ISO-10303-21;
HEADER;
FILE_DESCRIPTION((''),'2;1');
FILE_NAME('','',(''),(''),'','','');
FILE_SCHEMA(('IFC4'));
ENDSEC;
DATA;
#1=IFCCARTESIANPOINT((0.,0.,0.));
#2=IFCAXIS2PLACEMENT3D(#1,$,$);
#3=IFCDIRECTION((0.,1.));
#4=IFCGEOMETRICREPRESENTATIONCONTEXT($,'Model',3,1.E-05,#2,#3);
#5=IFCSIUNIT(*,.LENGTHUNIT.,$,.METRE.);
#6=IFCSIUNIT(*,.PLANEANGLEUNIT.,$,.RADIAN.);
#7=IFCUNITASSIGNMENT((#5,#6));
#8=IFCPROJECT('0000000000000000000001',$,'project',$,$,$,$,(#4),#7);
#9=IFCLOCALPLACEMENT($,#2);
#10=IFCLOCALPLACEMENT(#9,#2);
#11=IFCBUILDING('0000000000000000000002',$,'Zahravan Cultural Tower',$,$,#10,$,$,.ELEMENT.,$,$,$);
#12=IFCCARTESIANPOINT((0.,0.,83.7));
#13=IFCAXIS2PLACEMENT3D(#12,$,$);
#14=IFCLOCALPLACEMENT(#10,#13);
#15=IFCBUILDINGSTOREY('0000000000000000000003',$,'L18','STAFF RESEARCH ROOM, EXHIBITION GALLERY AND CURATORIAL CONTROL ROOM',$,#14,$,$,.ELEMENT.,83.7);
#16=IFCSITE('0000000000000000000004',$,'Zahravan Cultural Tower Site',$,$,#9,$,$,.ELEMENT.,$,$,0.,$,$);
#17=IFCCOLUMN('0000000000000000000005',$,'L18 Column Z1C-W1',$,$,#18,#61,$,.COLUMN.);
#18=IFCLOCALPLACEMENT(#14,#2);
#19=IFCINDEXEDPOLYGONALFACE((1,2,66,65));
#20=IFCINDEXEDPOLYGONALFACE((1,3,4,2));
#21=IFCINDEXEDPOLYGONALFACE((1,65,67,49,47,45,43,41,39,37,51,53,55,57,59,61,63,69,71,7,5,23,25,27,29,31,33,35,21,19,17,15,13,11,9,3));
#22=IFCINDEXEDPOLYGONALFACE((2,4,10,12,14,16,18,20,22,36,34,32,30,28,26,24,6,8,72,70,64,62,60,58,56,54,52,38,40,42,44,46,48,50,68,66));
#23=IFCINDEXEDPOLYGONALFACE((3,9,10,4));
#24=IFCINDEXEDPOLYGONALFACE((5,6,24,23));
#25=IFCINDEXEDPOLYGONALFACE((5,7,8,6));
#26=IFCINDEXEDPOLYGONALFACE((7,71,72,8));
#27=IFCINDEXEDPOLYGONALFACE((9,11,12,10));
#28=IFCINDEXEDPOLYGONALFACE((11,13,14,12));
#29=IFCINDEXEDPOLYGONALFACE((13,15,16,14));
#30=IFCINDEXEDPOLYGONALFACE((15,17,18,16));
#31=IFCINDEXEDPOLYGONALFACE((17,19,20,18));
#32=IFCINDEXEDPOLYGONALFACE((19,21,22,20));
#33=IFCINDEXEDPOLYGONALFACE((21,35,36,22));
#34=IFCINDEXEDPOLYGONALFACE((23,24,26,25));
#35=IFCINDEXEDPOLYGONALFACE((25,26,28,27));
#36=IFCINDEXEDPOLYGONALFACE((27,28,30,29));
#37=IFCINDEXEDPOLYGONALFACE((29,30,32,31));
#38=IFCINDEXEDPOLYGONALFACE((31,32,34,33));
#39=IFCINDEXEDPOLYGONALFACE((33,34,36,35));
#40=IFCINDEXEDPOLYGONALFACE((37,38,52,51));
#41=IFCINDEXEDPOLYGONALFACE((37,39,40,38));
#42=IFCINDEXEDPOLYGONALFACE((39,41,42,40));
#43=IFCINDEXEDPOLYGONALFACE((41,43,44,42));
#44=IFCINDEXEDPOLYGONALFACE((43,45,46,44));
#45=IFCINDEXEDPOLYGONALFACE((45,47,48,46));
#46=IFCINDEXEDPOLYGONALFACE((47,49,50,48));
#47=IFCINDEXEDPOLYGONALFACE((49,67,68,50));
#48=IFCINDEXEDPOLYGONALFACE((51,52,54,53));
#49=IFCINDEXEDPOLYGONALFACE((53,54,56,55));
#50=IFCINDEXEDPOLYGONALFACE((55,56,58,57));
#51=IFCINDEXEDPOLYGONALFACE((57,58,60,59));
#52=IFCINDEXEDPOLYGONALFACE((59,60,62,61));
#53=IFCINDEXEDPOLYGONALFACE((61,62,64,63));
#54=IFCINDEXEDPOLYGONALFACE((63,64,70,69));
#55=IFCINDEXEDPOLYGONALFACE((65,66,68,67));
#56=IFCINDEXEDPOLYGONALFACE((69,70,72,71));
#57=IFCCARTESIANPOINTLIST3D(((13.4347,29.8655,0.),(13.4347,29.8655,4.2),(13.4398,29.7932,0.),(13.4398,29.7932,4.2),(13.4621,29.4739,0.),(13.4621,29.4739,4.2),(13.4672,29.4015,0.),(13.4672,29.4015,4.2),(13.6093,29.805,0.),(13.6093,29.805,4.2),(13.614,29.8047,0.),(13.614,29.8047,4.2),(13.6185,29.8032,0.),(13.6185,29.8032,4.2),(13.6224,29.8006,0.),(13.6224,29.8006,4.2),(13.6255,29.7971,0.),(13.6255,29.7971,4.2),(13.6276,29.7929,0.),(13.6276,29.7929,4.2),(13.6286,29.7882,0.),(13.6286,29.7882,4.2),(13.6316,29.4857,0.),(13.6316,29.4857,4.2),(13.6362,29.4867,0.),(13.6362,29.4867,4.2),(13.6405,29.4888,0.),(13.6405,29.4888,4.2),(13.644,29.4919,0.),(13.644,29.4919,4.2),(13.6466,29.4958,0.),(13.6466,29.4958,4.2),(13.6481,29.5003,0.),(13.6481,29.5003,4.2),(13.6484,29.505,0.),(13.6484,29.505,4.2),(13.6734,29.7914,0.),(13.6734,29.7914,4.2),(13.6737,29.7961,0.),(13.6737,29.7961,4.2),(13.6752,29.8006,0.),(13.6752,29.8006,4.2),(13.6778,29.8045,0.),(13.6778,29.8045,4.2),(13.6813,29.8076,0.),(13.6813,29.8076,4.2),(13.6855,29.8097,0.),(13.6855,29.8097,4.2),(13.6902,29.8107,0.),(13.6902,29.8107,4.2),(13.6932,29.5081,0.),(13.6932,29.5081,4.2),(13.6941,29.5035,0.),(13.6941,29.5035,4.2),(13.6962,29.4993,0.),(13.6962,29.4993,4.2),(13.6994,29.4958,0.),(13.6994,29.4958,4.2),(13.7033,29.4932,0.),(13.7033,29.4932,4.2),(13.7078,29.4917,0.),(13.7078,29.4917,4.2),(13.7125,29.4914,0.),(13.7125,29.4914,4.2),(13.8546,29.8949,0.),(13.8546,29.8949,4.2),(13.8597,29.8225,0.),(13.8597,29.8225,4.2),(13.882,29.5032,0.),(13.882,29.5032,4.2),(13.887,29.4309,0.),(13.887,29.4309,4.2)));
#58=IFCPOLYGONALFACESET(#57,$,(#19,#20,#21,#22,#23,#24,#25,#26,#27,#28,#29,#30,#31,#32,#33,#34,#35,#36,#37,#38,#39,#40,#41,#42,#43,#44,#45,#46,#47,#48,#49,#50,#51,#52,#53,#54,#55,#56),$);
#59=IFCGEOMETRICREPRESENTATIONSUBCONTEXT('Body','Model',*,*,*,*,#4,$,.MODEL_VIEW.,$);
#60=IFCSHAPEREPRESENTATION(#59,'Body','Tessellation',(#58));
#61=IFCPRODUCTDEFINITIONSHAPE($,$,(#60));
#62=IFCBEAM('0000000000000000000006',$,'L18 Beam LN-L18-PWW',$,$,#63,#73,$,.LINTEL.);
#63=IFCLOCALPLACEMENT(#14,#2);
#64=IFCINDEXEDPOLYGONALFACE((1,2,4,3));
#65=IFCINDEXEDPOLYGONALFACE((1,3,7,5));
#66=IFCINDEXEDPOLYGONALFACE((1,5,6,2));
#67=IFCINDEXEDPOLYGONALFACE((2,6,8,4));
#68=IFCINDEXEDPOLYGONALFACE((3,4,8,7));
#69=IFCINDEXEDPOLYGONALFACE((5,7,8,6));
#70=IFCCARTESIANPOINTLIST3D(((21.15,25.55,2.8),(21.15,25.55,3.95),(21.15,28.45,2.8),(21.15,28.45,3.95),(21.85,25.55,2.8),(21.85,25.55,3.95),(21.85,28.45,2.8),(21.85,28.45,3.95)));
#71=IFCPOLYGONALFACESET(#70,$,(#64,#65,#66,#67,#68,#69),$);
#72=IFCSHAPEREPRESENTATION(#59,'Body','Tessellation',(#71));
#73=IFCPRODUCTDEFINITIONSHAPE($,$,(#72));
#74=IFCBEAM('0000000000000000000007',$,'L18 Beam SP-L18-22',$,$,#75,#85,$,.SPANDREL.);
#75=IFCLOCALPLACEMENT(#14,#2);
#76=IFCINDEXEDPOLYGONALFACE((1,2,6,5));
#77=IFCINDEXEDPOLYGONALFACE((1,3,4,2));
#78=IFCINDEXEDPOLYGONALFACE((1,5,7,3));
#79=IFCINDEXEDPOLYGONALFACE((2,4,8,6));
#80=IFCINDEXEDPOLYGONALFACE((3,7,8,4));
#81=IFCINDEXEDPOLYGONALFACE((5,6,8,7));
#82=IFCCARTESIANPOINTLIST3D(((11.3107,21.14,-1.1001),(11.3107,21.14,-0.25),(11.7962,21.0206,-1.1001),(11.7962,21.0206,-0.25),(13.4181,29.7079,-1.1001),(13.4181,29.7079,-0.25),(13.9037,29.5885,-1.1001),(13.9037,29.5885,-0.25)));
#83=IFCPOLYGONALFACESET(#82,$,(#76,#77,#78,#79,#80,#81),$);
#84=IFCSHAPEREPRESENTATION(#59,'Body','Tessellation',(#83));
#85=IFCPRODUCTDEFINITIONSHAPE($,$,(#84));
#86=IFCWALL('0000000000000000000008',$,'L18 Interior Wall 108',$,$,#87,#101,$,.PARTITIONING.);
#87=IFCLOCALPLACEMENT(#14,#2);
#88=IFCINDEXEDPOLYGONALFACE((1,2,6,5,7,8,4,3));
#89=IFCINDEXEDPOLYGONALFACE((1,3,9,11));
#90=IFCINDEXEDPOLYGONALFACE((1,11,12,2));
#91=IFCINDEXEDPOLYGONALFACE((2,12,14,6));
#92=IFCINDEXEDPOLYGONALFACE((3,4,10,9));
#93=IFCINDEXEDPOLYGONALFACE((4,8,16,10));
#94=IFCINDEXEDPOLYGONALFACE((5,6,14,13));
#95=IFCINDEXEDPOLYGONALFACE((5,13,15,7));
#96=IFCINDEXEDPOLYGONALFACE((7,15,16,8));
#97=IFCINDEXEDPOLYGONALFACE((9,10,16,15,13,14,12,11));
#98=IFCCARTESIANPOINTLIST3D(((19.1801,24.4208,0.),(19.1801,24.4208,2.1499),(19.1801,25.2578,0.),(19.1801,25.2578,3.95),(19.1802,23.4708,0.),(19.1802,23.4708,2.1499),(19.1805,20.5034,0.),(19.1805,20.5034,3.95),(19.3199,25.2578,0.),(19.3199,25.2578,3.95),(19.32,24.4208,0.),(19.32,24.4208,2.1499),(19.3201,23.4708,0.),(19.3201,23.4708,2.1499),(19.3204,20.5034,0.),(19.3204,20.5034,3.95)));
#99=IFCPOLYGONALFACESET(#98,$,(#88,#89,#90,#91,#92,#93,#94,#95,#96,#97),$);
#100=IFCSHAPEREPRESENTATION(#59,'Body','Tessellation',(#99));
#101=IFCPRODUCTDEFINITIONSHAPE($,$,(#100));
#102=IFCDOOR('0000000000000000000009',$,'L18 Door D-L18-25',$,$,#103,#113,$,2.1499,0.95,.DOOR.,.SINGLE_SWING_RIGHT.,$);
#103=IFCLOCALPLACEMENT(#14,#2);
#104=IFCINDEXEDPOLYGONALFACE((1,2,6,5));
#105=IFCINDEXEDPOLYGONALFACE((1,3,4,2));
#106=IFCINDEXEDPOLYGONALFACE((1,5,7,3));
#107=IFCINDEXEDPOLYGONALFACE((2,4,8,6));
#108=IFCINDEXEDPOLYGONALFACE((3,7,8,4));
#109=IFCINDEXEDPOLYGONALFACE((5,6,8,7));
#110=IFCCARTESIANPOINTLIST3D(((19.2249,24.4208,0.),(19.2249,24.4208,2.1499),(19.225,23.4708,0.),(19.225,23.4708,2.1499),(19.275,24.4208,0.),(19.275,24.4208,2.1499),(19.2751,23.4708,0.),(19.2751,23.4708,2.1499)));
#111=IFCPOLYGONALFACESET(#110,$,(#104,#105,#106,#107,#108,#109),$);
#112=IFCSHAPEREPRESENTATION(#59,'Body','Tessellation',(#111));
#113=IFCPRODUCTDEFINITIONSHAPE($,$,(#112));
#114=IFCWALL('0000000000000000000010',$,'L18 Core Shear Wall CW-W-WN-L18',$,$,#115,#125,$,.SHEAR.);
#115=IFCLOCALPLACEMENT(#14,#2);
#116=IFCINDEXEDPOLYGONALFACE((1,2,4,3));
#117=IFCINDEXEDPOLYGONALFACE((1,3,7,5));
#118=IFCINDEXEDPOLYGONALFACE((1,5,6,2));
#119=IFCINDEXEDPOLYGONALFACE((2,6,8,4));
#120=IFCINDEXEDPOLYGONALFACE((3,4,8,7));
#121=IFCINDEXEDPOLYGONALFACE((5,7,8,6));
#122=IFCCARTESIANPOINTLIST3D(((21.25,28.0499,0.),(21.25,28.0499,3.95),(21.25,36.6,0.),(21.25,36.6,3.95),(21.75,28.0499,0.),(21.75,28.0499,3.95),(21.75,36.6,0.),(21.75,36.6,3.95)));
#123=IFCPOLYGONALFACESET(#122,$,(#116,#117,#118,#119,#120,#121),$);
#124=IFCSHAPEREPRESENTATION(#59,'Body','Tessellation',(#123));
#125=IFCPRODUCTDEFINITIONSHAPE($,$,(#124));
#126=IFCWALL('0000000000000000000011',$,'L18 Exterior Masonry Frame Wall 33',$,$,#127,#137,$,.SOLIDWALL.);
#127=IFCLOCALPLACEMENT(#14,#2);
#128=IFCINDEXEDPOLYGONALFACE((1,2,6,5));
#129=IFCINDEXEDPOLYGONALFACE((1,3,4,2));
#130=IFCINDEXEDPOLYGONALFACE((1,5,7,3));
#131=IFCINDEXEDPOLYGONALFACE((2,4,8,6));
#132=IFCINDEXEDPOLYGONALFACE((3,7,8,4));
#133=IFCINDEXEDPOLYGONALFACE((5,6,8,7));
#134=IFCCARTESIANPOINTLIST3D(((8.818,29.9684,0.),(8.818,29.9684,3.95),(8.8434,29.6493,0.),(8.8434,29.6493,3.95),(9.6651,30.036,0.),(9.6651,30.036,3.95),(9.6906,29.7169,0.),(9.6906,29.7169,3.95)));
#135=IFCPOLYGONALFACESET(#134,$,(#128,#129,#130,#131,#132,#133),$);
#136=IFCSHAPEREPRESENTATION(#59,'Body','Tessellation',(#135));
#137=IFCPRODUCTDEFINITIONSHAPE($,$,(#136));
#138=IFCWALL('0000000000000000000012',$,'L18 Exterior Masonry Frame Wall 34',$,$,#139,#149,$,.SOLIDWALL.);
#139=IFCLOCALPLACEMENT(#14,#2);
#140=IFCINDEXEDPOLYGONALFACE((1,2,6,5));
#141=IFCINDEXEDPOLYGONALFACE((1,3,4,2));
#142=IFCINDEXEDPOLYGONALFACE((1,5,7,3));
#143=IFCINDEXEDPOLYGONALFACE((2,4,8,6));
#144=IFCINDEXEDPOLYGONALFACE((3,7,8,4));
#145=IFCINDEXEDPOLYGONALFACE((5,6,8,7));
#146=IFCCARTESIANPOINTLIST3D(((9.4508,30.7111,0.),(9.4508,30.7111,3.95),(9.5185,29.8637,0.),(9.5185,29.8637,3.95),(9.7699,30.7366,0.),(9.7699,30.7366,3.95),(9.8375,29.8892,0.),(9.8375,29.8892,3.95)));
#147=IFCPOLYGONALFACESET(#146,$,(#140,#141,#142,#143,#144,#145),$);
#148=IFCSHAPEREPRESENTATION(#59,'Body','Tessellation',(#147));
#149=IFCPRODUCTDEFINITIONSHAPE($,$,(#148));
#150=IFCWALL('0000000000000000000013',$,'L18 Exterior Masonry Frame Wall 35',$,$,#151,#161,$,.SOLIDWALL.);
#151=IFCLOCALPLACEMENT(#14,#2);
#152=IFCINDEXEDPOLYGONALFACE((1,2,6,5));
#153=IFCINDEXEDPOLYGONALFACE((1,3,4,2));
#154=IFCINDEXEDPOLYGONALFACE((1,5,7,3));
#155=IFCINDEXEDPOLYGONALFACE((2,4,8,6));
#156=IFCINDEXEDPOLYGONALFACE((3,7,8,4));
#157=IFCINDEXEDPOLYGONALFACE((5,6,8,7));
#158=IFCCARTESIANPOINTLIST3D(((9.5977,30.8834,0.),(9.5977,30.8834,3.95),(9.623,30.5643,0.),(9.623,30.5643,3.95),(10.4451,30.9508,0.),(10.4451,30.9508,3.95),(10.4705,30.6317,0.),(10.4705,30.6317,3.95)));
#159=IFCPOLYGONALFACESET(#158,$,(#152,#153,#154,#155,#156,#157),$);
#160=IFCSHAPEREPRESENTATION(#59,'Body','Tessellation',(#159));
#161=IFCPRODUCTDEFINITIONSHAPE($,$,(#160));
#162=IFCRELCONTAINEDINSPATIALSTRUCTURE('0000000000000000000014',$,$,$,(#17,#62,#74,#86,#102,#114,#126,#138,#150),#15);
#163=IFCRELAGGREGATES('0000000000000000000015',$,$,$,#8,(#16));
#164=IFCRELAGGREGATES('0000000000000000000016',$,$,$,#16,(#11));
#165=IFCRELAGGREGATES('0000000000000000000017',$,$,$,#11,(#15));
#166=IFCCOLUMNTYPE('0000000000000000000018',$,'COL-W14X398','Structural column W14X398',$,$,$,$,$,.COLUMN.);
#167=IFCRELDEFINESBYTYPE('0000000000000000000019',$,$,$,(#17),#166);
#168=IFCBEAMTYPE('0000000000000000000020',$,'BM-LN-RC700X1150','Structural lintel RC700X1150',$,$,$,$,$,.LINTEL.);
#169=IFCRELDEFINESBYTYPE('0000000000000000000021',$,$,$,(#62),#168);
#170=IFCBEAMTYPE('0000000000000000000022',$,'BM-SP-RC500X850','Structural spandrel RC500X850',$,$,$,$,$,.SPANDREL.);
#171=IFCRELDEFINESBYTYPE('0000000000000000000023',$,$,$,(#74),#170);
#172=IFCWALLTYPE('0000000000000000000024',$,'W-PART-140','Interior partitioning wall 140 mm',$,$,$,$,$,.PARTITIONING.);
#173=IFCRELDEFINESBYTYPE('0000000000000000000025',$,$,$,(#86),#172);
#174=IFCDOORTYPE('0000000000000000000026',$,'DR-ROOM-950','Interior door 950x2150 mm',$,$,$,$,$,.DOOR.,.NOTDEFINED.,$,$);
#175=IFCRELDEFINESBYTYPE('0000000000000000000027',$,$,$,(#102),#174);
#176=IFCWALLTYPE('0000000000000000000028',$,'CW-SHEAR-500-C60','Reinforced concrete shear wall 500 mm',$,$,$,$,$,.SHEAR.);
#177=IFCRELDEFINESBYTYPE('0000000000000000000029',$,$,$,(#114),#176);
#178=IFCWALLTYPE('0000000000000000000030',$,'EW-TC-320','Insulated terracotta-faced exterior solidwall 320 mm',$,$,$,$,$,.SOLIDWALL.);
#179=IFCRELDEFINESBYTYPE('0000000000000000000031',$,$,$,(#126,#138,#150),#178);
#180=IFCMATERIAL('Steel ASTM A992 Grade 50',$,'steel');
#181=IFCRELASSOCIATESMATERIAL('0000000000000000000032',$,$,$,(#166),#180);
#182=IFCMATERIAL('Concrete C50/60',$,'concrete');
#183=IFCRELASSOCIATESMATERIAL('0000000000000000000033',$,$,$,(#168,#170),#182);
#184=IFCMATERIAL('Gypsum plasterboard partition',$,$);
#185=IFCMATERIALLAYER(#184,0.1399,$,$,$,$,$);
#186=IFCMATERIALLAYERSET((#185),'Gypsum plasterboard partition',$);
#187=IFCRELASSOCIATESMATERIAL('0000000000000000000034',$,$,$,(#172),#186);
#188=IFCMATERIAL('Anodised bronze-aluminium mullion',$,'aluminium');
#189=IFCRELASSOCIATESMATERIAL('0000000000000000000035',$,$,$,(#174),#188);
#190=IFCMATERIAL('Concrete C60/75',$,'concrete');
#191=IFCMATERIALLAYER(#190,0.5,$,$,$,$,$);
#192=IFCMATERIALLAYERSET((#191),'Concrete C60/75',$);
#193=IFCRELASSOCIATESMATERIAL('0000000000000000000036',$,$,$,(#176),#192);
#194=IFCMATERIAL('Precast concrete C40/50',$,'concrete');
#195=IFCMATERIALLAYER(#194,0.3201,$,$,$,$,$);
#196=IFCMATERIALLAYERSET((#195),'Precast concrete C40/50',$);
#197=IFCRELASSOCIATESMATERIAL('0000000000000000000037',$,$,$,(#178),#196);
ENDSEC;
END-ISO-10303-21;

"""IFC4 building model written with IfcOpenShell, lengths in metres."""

from ifc_helpers import new_model, si_unit, direction, frame, frame_2d, origin, origin_2d, place, context, subcontext, project, spatial, rectangle, i_section, extrude, source, transform, mapped, material, layer, layer_set, material_profile, profile_set, type_object, element, fill, save


model = new_model("IFC4")

# Units and contexts
model_context = context("Model", 3, precision=1e-05, world=origin(), true_north=direction((0.0, 1.0)))
body_context = subcontext(model_context, "Body", "Model", "MODEL_VIEW")
ifc_project = project(units=[si_unit("LENGTHUNIT", "METRE"), si_unit("PLANEANGLEUNIT", "RADIAN")], contexts=[model_context])

# Site, building, storey
site_placement = place(None, origin())
site = spatial("IfcSite", under=ifc_project, at=site_placement, Name="Zahravan Cultural Tower Site", CompositionType="ELEMENT", RefElevation=0.0)
building_placement = place(site_placement, origin())
building = spatial("IfcBuilding", under=site, at=building_placement, Name="Zahravan Cultural Tower", CompositionType="ELEMENT")
storey_placement = place(building_placement, frame((0.0, 0.0, 83.7)))
storey = spatial("IfcBuildingStorey", under=building, at=storey_placement, Name="L18", Description="STAFF RESEARCH ROOM, EXHIBITION GALLERY AND CURATORIAL CONTROL ROOM", CompositionType="ELEMENT", Elevation=83.7)

# Column
ifc_material_1 = material(Name="Steel ASTM A992 Grade 50", Category="steel")
ifc_material_profile_1 = material_profile(ifc_material_1, i_section(OverallWidth=0.4209, OverallDepth=0.4651, WebThickness=0.0449, FlangeThickness=0.0725, FilletRadius=0.0181, at=origin_2d()), Name="W14X398")
ifc_profile_set_1 = profile_set([ifc_material_profile_1], Name="Steel ASTM A992 Grade 50")
column_type = type_object("IfcColumnType", Name="COL-W14X398", Description="Structural column W14X398", PredefinedType="COLUMN", material=ifc_profile_set_1)
shared_shape_1 = source(origin(), body_context, "Body", "SweptSolid", [
    extrude(i_section(OverallWidth=0.4209, OverallDepth=0.4651, WebThickness=0.0449, FlangeThickness=0.0725, FilletRadius=0.0181, at=origin_2d()), origin(), (0.0, 0.0, 1.0), 4.2),
])
column_placement = place(storey_placement, frame((13.6609, 29.6482, 0.0), z_axis=(0.0, 0.0, 1.0), x_axis=(0.997564, 0.069756, 0.0)))
element("IfcColumn", 1, at=column_placement, inside=storey, type_object=column_type, Name="L18 Column Z1C-W1", PredefinedType="COLUMN", context=body_context, shape_type="MappedRepresentation", body=[
    mapped(shared_shape_1, transform((0.0, 0.0, 0.0), x_axis=(1.0, 0.0, 0.0), y_axis=(0.0, 1.0, 0.0), z_axis=(0.0, 0.0, 1.0), scale=1.0)),
])

# Beams
ifc_material_2 = material(Name="Concrete C50/60", Category="concrete")
ifc_material_profile_2 = material_profile(ifc_material_2, rectangle(XDim=0.7, YDim=1.1499, at=origin_2d()), Name="RC700X1150")
ifc_profile_set_2 = profile_set([ifc_material_profile_2], Name="Concrete C50/60")
beam_type_1 = type_object("IfcBeamType", Name="BM-LN-RC700X1150", Description="Structural lintel RC700X1150", PredefinedType="LINTEL", material=ifc_profile_set_2)
shared_shape_2 = source(origin(), body_context, "Body", "SweptSolid", [
    extrude(rectangle(XDim=0.7, YDim=1.1499, at=origin_2d()), origin(), (0.0, 0.0, 1.0), 2.8999),
])
beam_1_placement = place(storey_placement, frame((21.5, 25.55, 3.375), z_axis=(0.0, 1.0, 0.0), x_axis=(-1.0, 0.0, 0.0)))
element("IfcBeam", 2, at=beam_1_placement, inside=storey, type_object=beam_type_1, Name="L18 Beam LN-L18-PWW", PredefinedType="LINTEL", context=body_context, shape_type="MappedRepresentation", body=[
    mapped(shared_shape_2, transform((0.0, 0.0, 0.0), x_axis=(1.0, 0.0, 0.0), y_axis=(0.0, 1.0, 0.0), z_axis=(0.0, 0.0, 1.0), scale=1.0)),
])
ifc_material_profile_3 = material_profile(ifc_material_2, rectangle(XDim=0.5, YDim=0.8501, at=origin_2d()), Name="RC500X850")
ifc_profile_set_3 = profile_set([ifc_material_profile_3], Name="Concrete C50/60")
beam_type_2 = type_object("IfcBeamType", Name="BM-SP-RC500X850", Description="Structural spandrel RC500X850", PredefinedType="SPANDREL", material=ifc_profile_set_3)
shared_shape_3 = source(origin(), body_context, "Body", "SweptSolid", [
    extrude(rectangle(XDim=0.5, YDim=0.8501, at=origin_2d()), origin(), (0.0, 0.0, 1.0), 8.8232),
])
beam_2_placement = place(storey_placement, frame((13.6609, 29.6482, -0.675), z_axis=(-0.238849, -0.971057, 0.0), x_axis=(0.971057, -0.238849, 0.0)))
element("IfcBeam", 3, at=beam_2_placement, inside=storey, type_object=beam_type_2, Name="L18 Beam SP-L18-22", PredefinedType="SPANDREL", context=body_context, shape_type="MappedRepresentation", body=[
    mapped(shared_shape_3, transform((0.0, 0.0, 0.0), x_axis=(1.0, 0.0, 0.0), y_axis=(0.0, 1.0, 0.0), z_axis=(0.0, 0.0, 1.0), scale=1.0)),
])

# Wall, opening, door
ifc_material_3 = material(Name="Gypsum plasterboard partition")
ifc_layer_1 = layer(ifc_material_3, 0.1399)
ifc_layer_set_1 = layer_set([ifc_layer_1], Name="Gypsum plasterboard partition")
wall_type_1 = type_object("IfcWallType", Name="W-PART-140", Description="Interior partitioning wall 140 mm", PredefinedType="PARTITIONING", material=ifc_layer_set_1)
wall_1_placement = place(storey_placement, frame((19.25, 25.2578, 0.0), z_axis=(0.0, 0.0, 1.0), x_axis=(0.000103, -1.0, 0.0)))
wall_1 = element("IfcWall", 4, at=wall_1_placement, inside=storey, type_object=wall_type_1, Name="L18 Interior Wall 108", PredefinedType="PARTITIONING", context=body_context, shape_type="SweptSolid", body=[
    extrude(rectangle(XDim=4.7544, YDim=0.1399, at=frame_2d((2.3772, 0.0))), origin(), (0.0, 0.0, 1.0), 3.95),
])
opening_placement = place(wall_1_placement, frame((0.8369, 0.0, 0.0)))
opening = element("IfcOpeningElement", 5, at=opening_placement, cuts=wall_1, PredefinedType="OPENING", context=body_context, shape_type="SweptSolid", body=[
    extrude(rectangle(XDim=0.95, YDim=2.1499, at=frame_2d((0.4751, 1.075))), frame((0.0, 0.0798, 0.0), z_axis=(0.0, -1.0, 0.0), x_axis=(1.0, 0.0, 0.0)), (0.0, 0.0, 1.0), 0.1599),
])
ifc_material_4 = material(Name="Anodised bronze-aluminium mullion", Category="aluminium")
door_type = type_object("IfcDoorType", Name="DR-ROOM-950", Description="Interior door 950x2150 mm", OperationType="NOTDEFINED", PredefinedType="DOOR", material=ifc_material_4)
shared_shape_4 = source(origin(), body_context, "Body", "SweptSolid", [
    extrude(rectangle(XDim=0.95, YDim=2.1499, at=frame_2d((0.4751, 1.075))), frame((0.0, 0.0249, 0.0), z_axis=(0.0, -1.0, 0.0), x_axis=(1.0, 0.0, 0.0)), (0.0, 0.0, 1.0), 0.05),
])
door_placement = place(opening_placement, origin())
door = element("IfcDoor", 6, at=door_placement, inside=storey, type_object=door_type, Name="L18 Door D-L18-25", OperationType="SINGLE_SWING_RIGHT", OverallHeight=2.1499, OverallWidth=0.95, PredefinedType="DOOR", context=body_context, shape_type="MappedRepresentation", body=[
    mapped(shared_shape_4, transform((0.0, 0.0, 0.0), x_axis=(1.0, 0.0, 0.0), y_axis=(0.0, 1.0, 0.0), z_axis=(0.0, 0.0, 1.0), scale=1.0)),
])
fill(opening, door)

# Walls
ifc_material_5 = material(Name="Concrete C60/75", Category="concrete")
ifc_layer_2 = layer(ifc_material_5, 0.5)
ifc_layer_set_2 = layer_set([ifc_layer_2], Name="Concrete C60/75")
wall_type_2 = type_object("IfcWallType", Name="CW-SHEAR-500-C60", Description="Reinforced concrete shear wall 500 mm", PredefinedType="SHEAR", material=ifc_layer_set_2)
shared_shape_5 = source(origin(), body_context, "Body", "SweptSolid", [
    extrude(rectangle(XDim=8.55, YDim=0.5, at=frame_2d((4.2749, 0.0))), origin(), (0.0, 0.0, 1.0), 3.95),
])
wall_2_placement = place(storey_placement, frame((21.5, 28.05, 0.0), z_axis=(0.0, 0.0, 1.0), x_axis=(0.0, 1.0, 0.0)))
element("IfcWall", 7, at=wall_2_placement, inside=storey, type_object=wall_type_2, Name="L18 Core Shear Wall CW-W-WN-L18", PredefinedType="SHEAR", context=body_context, shape_type="MappedRepresentation", body=[
    mapped(shared_shape_5, transform((0.0, 0.0, 0.0), x_axis=(1.0, 0.0, 0.0), y_axis=(0.0, 1.0, 0.0), z_axis=(0.0, 0.0, 1.0), scale=1.0)),
])
ifc_material_6 = material(Name="Precast concrete C40/50", Category="concrete")
ifc_layer_3 = layer(ifc_material_6, 0.3201)
ifc_layer_set_3 = layer_set([ifc_layer_3], Name="Precast concrete C40/50")
wall_type_3 = type_object("IfcWallType", Name="EW-TC-320", Description="Insulated terracotta-faced exterior solidwall 320 mm", PredefinedType="SOLIDWALL", material=ifc_layer_set_3)
shared_shape_6 = source(origin(), body_context, "Body", "SweptSolid", [
    extrude(rectangle(XDim=0.8499, YDim=0.3201, at=frame_2d((0.4248, 0.0))), origin(), (0.0, 0.0, 1.0), 3.95),
])
wall_3_placement = place(storey_placement, frame((8.8308, 29.8088, 0.0), z_axis=(0.0, 0.0, 1.0), x_axis=(0.996829, 0.079574, 0.0)))
element("IfcWall", 8, at=wall_3_placement, inside=storey, type_object=wall_type_3, Name="L18 Exterior Masonry Frame Wall 33", PredefinedType="SOLIDWALL", context=body_context, shape_type="MappedRepresentation", body=[
    mapped(shared_shape_6, transform((0.0, 0.0, 0.0), x_axis=(1.0, 0.0, 0.0), y_axis=(0.0, 1.0, 0.0), z_axis=(0.0, 0.0, 1.0), scale=1.0)),
])
shared_shape_7 = source(origin(), body_context, "Body", "SweptSolid", [
    extrude(rectangle(XDim=0.8501, YDim=0.3201, at=frame_2d((0.425, 0.0))), origin(), (0.0, 0.0, 1.0), 3.95),
])
for number, where, z_axis, x_axis, name in (
    (9, (9.678, 29.8765, 0.0), (0.0, 0.0, 1.0), (-0.079551, 0.996831, 0.0), "L18 Exterior Masonry Frame Wall 34"),
    (10, (9.6104, 30.7239, 0.0), (0.0, 0.0, 1.0), (0.996854, 0.079266, 0.0), "L18 Exterior Masonry Frame Wall 35"),
):
    element("IfcWall", number, at=place(storey_placement, frame(where, z_axis=z_axis, x_axis=x_axis)), inside=storey, type_object=wall_type_3, Name=name, PredefinedType="SOLIDWALL", context=body_context, shape_type="MappedRepresentation", body=[
        mapped(shared_shape_7, transform((0.0, 0.0, 0.0), x_axis=(1.0, 0.0, 0.0), y_axis=(0.0, 1.0, 0.0), z_axis=(0.0, 0.0, 1.0), scale=1.0)),
    ])

save(model, "model.ifc")
